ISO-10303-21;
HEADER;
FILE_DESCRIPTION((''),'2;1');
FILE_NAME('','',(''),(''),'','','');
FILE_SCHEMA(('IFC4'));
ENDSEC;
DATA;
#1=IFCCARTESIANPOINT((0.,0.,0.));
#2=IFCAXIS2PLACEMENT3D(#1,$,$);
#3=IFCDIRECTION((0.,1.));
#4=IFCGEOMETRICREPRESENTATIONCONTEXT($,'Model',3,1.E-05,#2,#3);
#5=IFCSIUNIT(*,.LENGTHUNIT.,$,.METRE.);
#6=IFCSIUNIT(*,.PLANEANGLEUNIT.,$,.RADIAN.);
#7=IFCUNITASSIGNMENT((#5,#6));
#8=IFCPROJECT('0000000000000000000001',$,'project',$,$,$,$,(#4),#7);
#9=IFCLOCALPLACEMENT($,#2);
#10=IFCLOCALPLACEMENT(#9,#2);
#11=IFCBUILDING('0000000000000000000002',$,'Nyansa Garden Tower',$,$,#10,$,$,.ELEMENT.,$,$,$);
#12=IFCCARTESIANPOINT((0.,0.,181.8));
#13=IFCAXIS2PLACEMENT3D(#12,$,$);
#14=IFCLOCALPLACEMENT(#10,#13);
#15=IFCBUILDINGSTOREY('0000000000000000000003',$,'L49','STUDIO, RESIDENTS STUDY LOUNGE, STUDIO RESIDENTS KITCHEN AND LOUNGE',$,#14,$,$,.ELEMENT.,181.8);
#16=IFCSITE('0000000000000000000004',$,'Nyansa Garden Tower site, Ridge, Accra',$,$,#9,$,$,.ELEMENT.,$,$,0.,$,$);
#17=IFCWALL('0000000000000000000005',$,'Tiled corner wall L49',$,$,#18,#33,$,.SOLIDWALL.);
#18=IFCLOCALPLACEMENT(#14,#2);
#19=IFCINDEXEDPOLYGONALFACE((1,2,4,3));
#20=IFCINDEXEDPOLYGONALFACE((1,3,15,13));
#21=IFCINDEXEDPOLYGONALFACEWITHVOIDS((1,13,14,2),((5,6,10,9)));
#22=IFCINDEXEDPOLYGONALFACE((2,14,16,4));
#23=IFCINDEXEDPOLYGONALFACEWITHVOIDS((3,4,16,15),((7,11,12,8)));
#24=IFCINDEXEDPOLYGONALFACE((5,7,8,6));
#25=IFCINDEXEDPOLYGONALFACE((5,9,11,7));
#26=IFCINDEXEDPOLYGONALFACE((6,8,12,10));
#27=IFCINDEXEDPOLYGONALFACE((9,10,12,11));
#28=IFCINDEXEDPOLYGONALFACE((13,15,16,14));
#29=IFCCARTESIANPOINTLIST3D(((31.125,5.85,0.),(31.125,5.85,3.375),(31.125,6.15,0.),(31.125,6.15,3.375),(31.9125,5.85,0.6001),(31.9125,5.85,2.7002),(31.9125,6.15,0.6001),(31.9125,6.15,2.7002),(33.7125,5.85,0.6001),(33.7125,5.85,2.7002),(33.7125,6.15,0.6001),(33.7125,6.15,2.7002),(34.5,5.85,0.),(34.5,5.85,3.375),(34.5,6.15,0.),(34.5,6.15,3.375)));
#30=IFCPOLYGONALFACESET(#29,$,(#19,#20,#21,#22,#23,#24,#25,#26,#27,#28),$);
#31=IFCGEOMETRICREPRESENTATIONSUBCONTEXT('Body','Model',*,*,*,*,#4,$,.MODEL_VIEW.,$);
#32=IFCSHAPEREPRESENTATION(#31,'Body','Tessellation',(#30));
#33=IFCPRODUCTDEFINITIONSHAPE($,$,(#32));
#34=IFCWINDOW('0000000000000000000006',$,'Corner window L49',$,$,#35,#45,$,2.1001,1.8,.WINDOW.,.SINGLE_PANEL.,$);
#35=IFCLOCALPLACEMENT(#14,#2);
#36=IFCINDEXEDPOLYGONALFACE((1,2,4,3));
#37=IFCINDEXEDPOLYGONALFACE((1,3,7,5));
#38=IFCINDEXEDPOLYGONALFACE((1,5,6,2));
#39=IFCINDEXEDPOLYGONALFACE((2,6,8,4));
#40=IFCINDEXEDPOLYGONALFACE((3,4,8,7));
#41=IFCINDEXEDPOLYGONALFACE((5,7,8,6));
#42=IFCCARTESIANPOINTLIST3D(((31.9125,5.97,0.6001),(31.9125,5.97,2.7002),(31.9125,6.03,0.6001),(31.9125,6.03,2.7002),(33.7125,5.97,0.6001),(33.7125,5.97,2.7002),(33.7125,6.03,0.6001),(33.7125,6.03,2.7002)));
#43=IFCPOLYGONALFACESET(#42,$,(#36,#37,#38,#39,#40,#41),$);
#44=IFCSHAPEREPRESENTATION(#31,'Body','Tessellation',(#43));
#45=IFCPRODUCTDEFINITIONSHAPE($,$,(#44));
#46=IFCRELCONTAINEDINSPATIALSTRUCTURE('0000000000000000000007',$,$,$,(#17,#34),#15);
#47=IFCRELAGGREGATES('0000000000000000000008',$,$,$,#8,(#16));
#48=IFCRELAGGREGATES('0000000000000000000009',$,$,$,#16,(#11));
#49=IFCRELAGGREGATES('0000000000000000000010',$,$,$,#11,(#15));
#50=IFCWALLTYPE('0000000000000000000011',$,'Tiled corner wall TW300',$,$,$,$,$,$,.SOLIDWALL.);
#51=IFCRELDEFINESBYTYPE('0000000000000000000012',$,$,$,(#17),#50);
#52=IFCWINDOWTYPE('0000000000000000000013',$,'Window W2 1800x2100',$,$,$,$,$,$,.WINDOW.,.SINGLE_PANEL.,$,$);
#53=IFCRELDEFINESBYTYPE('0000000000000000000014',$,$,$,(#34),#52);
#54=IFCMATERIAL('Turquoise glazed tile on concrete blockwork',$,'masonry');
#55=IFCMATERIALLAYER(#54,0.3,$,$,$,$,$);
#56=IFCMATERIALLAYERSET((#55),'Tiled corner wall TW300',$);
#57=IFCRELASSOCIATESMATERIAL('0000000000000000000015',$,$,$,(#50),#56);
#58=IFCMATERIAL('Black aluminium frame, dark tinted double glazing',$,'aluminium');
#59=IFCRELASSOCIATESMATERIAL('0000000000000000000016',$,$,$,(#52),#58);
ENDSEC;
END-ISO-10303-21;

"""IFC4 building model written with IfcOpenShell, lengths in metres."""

from ifc_helpers import new_model, si_unit, direction, frame, frame_2d, origin, place, context, subcontext, project, spatial, rectangle, extrude, material, layer, layer_set, type_object, element, fill, save


model = new_model("IFC4")

# Units and contexts
model_context = context("Model", 3, precision=1e-05, world=origin(), true_north=direction((0.0, 1.0)))
body_context = subcontext(model_context, "Body", "Model", "MODEL_VIEW")
ifc_project = project(units=[si_unit("LENGTHUNIT", "METRE"), si_unit("PLANEANGLEUNIT", "RADIAN")], contexts=[model_context])

# Site, building, storey
site_placement = place(None, origin())
site = spatial("IfcSite", under=ifc_project, at=site_placement, Name="Nyansa Garden Tower site, Ridge, Accra", CompositionType="ELEMENT", RefElevation=0.0)
building_placement = place(site_placement, origin())
building = spatial("IfcBuilding", under=site, at=building_placement, Name="Nyansa Garden Tower", CompositionType="ELEMENT")
storey_placement = place(building_placement, frame((0.0, 0.0, 181.8)))
storey = spatial("IfcBuildingStorey", under=building, at=storey_placement, Name="L49", Description="STUDIO, RESIDENTS STUDY LOUNGE, STUDIO RESIDENTS KITCHEN AND LOUNGE", CompositionType="ELEMENT", Elevation=181.8)

# Wall, opening, window
ifc_material_1 = material(Name="Turquoise glazed tile on concrete blockwork", Category="masonry")
ifc_layer_1 = layer(ifc_material_1, 0.3)
ifc_layer_set_1 = layer_set([ifc_layer_1], Name="Tiled corner wall TW300")
wall_type_1 = type_object("IfcWallType", Name="Tiled corner wall TW300", PredefinedType="SOLIDWALL", material=ifc_layer_set_1)
ifc_material_2 = material(Name="Black aluminium frame, dark tinted double glazing", Category="aluminium")
window_type = type_object("IfcWindowType", Name="Window W2 1800x2100", PartitioningType="SINGLE_PANEL", PredefinedType="WINDOW", material=ifc_material_2)
wall_1_placement = place(storey_placement, frame((31.125, 6.0, 0.0), z_axis=(0.0, 0.0, 1.0), x_axis=(1.0, 0.0, 0.0)))
wall_1 = element("IfcWall", 1, at=wall_1_placement, inside=storey, type_object=wall_type_1, Name="Tiled corner wall L49", PredefinedType="SOLIDWALL", context=body_context, shape_type="SweptSolid", body=[
    extrude(rectangle(XDim=3.375, YDim=0.3, at=frame_2d((1.6875, 0.0))), origin(), (0.0, 0.0, 1.0), 3.375),
])
opening_1_placement = place(wall_1_placement, frame((0.7876, 0.0, 0.6001)))
opening_1 = element("IfcOpeningElement", 2, at=opening_1_placement, cuts=wall_1, PredefinedType="OPENING", context=body_context, shape_type="SweptSolid", body=[
    extrude(rectangle(XDim=1.8, YDim=2.1001, at=frame_2d((0.8999, 1.05))), frame((0.0, 0.1599, 0.0), z_axis=(0.0, -1.0, 0.0), x_axis=(1.0, 0.0, 0.0)), (0.0, 0.0, 1.0), 0.3201),
])
window_1_placement = place(opening_1_placement, origin())
window_1 = element("IfcWindow", 3, at=window_1_placement, inside=storey, type_object=window_type, Name="Corner window L49", OverallHeight=2.1001, OverallWidth=1.8, PartitioningType="SINGLE_PANEL", PredefinedType="WINDOW", context=body_context, shape_type="SweptSolid", body=[
    extrude(rectangle(XDim=1.8, YDim=2.1001, at=frame_2d((0.8999, 1.05))), frame((0.0, 0.03, 0.0), z_axis=(0.0, -1.0, 0.0), x_axis=(1.0, 0.0, 0.0)), (0.0, 0.0, 1.0), 0.0601),
])
fill(opening_1, window_1)

save(model, "model.ifc")
